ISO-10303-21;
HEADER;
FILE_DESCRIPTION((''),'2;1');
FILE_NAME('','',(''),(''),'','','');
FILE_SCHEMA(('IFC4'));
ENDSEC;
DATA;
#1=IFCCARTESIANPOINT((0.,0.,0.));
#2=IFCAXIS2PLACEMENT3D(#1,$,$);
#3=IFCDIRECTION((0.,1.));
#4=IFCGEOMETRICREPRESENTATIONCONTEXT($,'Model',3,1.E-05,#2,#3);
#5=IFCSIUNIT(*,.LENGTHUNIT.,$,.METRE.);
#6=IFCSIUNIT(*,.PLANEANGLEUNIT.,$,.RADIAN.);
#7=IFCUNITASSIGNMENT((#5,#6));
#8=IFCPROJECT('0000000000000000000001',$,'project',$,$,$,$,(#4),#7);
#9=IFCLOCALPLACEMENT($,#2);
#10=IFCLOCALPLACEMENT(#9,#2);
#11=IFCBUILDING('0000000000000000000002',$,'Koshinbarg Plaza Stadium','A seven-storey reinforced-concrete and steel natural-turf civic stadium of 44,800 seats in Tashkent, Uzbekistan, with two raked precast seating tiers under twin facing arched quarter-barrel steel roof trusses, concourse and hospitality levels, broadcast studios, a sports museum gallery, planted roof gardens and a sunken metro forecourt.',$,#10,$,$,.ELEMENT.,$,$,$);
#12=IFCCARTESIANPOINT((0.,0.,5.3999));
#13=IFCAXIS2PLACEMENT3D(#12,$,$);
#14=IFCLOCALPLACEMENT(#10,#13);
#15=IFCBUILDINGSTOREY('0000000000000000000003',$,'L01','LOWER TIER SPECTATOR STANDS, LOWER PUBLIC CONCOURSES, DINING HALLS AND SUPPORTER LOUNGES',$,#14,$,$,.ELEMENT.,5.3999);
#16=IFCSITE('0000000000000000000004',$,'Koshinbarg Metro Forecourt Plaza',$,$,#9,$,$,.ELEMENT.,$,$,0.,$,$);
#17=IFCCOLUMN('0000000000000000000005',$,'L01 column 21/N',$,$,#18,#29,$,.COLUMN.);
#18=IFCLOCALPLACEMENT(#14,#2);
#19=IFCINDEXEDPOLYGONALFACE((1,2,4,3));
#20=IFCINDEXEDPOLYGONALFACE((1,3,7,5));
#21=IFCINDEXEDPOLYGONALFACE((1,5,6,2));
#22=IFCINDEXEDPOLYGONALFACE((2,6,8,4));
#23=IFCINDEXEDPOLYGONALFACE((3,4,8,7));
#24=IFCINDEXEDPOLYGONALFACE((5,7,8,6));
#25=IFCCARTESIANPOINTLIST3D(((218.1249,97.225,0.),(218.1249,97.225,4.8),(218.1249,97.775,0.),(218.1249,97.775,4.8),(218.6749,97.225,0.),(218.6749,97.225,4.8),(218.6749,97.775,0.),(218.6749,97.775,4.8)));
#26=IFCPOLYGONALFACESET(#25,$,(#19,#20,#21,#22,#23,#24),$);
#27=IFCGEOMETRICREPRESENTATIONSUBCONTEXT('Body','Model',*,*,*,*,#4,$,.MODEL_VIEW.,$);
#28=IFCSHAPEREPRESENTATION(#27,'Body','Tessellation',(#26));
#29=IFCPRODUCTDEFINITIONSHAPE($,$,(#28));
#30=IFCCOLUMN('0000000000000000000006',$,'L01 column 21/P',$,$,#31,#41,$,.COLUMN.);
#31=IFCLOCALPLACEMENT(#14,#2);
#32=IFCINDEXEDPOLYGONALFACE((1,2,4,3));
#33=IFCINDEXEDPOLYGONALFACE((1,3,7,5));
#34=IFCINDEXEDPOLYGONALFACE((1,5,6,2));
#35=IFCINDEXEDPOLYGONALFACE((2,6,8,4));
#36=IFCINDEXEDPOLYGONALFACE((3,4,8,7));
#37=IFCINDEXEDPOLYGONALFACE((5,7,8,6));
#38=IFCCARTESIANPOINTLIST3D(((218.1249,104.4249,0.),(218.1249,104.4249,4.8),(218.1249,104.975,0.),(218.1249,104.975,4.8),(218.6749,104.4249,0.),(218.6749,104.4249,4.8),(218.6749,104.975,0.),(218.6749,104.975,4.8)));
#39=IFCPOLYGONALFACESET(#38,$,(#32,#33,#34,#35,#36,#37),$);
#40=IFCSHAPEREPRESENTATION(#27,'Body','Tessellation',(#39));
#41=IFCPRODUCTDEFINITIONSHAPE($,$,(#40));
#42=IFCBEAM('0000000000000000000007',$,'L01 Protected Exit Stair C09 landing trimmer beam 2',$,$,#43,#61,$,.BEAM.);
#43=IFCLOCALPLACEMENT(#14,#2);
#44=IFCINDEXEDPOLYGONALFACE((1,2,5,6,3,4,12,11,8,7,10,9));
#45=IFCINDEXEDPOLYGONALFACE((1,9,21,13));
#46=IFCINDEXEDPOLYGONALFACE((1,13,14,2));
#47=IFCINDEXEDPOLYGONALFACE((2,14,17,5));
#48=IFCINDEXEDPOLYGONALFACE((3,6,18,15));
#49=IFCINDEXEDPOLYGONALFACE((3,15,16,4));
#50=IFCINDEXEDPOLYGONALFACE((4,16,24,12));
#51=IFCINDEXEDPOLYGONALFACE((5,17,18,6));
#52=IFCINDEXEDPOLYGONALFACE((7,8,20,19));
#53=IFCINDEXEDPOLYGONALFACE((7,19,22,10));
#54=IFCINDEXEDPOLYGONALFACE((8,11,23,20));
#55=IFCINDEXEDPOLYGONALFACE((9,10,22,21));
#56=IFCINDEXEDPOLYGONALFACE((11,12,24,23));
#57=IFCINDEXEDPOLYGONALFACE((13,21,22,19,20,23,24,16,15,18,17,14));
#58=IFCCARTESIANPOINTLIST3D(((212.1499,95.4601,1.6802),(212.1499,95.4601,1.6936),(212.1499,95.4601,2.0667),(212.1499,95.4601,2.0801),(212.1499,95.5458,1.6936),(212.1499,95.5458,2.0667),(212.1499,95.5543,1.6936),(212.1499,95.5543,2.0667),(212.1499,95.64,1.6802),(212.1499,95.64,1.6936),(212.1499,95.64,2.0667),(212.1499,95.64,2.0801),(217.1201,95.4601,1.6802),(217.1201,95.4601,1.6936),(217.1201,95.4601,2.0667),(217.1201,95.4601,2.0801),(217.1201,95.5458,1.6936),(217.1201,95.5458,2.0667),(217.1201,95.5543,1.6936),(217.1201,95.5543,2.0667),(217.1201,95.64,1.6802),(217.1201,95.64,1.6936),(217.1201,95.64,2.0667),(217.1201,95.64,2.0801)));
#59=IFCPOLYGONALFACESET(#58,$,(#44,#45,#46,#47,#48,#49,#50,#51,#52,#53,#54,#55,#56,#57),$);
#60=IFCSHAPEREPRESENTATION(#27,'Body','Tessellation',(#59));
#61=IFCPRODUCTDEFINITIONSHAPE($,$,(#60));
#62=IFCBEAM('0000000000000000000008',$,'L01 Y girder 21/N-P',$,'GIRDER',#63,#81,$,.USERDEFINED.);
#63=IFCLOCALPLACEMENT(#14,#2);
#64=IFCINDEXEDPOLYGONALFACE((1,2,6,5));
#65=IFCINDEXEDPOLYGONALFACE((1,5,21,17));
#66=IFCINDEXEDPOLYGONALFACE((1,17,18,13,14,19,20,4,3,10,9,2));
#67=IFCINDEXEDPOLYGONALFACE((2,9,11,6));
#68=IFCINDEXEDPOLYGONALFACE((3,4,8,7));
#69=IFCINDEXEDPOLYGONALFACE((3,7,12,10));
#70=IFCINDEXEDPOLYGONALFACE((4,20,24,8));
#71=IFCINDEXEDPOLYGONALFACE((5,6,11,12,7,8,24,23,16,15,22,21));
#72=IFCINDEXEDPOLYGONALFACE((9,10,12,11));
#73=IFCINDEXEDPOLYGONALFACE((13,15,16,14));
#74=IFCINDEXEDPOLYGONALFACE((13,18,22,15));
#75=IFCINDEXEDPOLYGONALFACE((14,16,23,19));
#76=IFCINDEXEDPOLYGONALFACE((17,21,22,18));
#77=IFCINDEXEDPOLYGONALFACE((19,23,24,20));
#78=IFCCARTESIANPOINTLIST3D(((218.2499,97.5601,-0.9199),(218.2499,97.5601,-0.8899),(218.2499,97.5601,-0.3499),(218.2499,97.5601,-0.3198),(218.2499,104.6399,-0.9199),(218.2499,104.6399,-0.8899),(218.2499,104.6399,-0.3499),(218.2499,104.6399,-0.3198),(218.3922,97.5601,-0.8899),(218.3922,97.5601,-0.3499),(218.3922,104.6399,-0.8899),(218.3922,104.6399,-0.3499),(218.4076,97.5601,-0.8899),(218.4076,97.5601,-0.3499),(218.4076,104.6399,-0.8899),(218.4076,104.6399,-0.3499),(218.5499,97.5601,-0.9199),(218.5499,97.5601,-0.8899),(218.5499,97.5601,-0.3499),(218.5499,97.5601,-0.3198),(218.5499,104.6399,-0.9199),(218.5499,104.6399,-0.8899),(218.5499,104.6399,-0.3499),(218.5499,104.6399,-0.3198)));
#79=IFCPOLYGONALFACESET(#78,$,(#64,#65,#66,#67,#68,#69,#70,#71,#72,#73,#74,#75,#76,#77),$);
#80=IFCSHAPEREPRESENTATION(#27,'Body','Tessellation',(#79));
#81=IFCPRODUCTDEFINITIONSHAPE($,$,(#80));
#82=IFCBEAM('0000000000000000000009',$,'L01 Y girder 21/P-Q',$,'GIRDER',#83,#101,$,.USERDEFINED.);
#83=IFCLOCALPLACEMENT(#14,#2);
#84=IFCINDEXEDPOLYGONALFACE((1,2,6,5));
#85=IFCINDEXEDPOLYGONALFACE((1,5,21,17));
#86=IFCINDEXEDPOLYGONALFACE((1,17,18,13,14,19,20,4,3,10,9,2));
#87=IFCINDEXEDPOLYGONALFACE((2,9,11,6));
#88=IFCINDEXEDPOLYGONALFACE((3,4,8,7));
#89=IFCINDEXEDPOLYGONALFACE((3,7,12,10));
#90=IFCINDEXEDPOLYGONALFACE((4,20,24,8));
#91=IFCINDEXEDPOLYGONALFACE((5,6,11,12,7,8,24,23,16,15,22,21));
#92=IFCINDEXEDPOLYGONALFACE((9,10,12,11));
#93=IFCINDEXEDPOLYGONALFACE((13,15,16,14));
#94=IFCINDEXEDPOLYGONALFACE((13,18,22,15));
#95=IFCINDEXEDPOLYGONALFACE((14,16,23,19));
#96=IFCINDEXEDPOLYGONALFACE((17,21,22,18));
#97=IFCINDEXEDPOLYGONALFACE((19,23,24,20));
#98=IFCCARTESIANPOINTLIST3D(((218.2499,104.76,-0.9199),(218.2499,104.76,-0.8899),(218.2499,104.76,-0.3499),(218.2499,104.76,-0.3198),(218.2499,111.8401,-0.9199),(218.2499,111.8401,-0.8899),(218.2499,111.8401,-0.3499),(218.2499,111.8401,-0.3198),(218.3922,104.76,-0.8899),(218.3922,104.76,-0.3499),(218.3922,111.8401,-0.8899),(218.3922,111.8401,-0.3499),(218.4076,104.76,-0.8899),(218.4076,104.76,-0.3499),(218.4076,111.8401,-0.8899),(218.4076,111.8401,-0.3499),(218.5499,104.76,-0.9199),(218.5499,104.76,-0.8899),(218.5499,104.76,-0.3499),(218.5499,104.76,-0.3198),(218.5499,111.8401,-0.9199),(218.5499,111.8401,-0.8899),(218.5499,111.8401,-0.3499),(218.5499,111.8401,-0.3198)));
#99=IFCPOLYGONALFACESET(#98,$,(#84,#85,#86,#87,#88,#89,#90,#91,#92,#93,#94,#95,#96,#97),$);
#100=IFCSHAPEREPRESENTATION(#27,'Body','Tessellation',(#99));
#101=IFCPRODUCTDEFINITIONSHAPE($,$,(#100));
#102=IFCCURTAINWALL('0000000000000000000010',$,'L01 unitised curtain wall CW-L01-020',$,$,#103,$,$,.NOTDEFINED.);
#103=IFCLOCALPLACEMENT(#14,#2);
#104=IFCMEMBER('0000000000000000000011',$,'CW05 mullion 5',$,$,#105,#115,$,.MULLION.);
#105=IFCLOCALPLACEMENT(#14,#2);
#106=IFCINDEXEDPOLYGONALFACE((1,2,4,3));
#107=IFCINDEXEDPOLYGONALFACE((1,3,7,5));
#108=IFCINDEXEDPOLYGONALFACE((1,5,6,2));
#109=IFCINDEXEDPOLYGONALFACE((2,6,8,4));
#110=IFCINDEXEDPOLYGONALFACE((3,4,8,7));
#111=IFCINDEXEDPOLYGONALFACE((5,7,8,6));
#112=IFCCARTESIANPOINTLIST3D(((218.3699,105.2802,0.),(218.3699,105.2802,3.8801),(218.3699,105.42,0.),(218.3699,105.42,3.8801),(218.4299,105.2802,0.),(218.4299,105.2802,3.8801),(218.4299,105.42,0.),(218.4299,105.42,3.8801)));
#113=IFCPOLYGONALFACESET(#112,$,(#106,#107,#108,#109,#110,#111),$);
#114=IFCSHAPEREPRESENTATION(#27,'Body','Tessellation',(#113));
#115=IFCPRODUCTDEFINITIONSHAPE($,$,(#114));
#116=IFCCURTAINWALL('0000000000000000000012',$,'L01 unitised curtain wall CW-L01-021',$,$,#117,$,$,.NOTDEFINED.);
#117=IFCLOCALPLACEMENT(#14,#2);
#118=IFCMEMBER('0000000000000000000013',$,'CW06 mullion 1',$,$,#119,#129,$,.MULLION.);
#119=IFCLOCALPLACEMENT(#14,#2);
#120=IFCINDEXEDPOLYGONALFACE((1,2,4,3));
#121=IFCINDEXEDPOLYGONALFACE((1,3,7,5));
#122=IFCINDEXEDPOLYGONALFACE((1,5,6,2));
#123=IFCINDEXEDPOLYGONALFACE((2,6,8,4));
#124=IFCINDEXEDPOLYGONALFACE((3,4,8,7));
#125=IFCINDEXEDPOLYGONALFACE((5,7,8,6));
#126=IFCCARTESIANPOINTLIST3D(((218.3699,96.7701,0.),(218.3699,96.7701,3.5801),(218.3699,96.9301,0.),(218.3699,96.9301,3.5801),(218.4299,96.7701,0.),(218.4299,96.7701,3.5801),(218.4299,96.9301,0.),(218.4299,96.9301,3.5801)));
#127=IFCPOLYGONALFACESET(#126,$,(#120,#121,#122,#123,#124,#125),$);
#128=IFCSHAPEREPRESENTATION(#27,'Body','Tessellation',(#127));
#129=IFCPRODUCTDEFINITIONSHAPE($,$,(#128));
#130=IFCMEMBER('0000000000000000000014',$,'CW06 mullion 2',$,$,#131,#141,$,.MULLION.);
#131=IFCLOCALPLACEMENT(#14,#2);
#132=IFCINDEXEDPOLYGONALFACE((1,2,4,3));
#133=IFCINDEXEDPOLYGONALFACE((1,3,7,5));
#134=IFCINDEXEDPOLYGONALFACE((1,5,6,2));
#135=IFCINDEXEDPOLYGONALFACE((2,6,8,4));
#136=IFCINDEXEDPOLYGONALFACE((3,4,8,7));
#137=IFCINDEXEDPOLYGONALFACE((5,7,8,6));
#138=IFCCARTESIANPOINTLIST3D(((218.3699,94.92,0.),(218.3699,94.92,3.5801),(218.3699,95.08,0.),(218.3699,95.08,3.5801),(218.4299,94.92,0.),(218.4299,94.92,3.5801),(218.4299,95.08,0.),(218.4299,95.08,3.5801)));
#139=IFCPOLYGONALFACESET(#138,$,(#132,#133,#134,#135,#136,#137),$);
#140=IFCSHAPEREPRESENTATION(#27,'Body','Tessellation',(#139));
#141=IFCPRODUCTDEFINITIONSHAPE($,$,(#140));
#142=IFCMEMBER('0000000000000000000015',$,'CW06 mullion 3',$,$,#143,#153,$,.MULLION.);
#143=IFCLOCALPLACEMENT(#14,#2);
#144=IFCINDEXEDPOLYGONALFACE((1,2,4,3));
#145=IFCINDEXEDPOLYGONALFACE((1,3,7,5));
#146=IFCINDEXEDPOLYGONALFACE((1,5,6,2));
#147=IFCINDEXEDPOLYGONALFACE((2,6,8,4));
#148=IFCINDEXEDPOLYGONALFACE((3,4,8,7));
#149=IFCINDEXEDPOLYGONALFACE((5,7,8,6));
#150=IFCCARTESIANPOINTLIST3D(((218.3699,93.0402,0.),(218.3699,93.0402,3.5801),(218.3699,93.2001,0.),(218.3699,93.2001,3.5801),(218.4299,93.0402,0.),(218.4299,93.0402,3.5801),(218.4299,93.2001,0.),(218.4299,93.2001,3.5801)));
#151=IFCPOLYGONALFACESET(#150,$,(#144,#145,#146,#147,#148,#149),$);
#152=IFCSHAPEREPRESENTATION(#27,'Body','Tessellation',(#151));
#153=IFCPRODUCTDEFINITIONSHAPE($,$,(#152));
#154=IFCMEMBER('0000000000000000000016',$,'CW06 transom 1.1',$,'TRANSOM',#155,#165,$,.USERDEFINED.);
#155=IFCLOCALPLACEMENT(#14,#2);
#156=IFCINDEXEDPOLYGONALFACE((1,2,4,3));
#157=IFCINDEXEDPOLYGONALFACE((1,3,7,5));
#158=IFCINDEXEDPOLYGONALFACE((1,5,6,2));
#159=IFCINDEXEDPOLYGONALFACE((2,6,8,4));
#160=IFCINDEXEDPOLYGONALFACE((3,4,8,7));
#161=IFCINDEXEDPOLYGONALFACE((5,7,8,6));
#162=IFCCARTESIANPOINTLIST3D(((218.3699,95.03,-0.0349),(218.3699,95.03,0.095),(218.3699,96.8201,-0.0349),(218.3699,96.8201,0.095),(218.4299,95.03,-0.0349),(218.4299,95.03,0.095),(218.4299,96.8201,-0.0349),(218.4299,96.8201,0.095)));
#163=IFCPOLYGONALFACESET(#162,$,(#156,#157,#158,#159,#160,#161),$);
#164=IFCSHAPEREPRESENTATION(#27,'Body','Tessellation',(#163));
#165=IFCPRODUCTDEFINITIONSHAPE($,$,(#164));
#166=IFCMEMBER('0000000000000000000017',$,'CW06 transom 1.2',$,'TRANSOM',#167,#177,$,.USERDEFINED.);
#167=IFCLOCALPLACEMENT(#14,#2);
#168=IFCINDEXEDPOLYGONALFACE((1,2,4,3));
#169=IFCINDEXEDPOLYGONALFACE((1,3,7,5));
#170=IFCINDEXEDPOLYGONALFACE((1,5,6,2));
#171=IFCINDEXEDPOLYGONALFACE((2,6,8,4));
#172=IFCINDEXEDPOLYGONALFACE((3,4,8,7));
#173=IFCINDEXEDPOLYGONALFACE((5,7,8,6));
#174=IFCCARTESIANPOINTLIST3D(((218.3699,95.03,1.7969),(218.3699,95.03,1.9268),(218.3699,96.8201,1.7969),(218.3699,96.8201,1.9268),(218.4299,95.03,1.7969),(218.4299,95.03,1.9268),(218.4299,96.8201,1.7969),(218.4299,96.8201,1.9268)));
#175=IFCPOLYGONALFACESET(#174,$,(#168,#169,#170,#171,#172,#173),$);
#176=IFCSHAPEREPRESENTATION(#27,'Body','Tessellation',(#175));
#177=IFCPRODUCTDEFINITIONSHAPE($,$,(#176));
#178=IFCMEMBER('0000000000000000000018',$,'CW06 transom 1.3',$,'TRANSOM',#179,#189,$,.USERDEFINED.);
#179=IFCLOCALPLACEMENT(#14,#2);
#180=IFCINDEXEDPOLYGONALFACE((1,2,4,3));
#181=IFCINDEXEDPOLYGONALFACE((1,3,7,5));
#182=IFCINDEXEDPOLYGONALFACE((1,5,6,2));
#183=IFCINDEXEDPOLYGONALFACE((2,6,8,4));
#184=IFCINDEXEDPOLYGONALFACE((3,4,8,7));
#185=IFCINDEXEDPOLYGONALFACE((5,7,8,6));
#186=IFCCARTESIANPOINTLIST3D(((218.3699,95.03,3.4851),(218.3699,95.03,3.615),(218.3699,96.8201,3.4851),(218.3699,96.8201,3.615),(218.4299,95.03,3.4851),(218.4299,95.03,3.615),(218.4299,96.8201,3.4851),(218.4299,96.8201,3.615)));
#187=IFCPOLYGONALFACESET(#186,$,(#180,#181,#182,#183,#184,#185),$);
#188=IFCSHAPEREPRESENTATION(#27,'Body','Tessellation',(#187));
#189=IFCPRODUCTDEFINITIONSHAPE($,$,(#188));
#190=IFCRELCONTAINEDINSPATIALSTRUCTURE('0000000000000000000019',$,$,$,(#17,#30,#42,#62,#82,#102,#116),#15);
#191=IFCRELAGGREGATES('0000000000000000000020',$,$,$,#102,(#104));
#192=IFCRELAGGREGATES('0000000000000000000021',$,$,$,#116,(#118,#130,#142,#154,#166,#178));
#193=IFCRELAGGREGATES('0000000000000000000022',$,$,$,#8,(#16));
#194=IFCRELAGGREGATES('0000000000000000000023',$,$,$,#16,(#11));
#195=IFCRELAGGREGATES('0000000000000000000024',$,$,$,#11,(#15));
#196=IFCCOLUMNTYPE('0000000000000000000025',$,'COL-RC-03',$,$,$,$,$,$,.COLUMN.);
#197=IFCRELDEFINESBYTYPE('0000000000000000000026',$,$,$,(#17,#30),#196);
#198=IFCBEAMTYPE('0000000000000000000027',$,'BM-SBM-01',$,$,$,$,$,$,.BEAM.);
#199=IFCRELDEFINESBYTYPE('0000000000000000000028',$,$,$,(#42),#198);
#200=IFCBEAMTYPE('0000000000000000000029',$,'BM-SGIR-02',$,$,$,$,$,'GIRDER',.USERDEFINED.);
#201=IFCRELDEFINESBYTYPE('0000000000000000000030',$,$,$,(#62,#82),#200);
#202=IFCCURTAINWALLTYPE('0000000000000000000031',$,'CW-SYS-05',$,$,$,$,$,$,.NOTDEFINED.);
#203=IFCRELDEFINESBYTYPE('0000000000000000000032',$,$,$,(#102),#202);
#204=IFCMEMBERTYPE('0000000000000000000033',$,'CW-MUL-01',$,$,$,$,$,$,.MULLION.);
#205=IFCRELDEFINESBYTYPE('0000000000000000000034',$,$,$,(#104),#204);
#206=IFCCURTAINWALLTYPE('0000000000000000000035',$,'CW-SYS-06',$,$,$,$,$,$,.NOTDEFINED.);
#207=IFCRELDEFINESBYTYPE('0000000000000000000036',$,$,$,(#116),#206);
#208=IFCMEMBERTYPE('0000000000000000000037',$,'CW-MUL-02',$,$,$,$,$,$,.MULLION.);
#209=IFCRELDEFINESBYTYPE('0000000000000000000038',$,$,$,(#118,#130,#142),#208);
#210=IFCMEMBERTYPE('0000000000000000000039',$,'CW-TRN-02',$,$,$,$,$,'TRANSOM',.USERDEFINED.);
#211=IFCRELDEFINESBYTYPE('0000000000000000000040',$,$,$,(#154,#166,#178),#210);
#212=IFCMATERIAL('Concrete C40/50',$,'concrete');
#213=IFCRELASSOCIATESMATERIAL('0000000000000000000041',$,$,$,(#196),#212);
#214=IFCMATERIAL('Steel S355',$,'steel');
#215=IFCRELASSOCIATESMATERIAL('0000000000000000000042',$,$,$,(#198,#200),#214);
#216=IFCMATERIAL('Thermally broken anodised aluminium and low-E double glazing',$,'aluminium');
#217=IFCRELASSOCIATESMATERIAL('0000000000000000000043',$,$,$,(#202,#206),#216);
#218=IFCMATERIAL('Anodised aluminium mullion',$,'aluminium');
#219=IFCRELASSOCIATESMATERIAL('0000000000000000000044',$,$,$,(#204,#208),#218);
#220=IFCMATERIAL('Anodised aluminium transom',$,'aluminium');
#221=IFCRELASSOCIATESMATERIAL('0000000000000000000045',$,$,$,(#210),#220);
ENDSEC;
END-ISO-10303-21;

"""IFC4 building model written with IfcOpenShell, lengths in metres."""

from ifc_helpers import new_model, si_unit, direction, frame, origin, origin_2d, place, context, subcontext, project, spatial, rectangle, i_section, extrude, material, material_profile, profile_set, type_object, element, aggregate, save


model = new_model("IFC4")

# Units and contexts
model_context = context("Model", 3, precision=1e-05, world=origin(), true_north=direction((0.0, 1.0)))
body_context = subcontext(model_context, "Body", "Model", "MODEL_VIEW")
ifc_project = project(units=[si_unit("LENGTHUNIT", "METRE"), si_unit("PLANEANGLEUNIT", "RADIAN")], contexts=[model_context])

# Site, building, storey
site_placement = place(None, origin())
site = spatial("IfcSite", under=ifc_project, at=site_placement, Name="Koshinbarg Metro Forecourt Plaza", CompositionType="ELEMENT", RefElevation=0.0)
building_placement = place(site_placement, origin())
building = spatial("IfcBuilding", under=site, at=building_placement, Name="Koshinbarg Plaza Stadium", Description="A seven-storey reinforced-concrete and steel natural-turf civic stadium of 44,800 seats in Tashkent, Uzbekistan, with two raked precast seating tiers under twin facing arched quarter-barrel steel roof trusses, concourse and hospitality levels, broadcast studios, a sports museum gallery, planted roof gardens and a sunken metro forecourt.", CompositionType="ELEMENT")
storey_placement = place(building_placement, frame((0.0, 0.0, 5.3999)))
storey = spatial("IfcBuildingStorey", under=building, at=storey_placement, Name="L01", Description="LOWER TIER SPECTATOR STANDS, LOWER PUBLIC CONCOURSES, DINING HALLS AND SUPPORTER LOUNGES", CompositionType="ELEMENT", Elevation=5.3999)

# Columns
ifc_material_1 = material(Name="Concrete C40/50", Category="concrete")
ifc_material_profile_1 = material_profile(ifc_material_1, rectangle(XDim=0.55, YDim=0.55, at=origin_2d()), Name="RC 550x550")
ifc_profile_set_1 = profile_set([ifc_material_profile_1], Name="Concrete C40/50")
column_type = type_object("IfcColumnType", Name="COL-RC-03", PredefinedType="COLUMN", material=ifc_profile_set_1)
for number, where, z_axis, x_axis, name in (
    (1, (218.3999, 97.5, 0.0), (0.0, 0.0, 1.0), (1.0, 0.0, 0.0), "L01 column 21/N"),
    (2, (218.3999, 104.7, 0.0), (0.0, 0.0, 1.0), (1.0, 0.0, 0.0), "L01 column 21/P"),
):
    element("IfcColumn", number, at=place(storey_placement, frame(where, z_axis=z_axis, x_axis=x_axis)), inside=storey, type_object=column_type, Name=name, PredefinedType="COLUMN", context=body_context, shape_type="SweptSolid", body=[
        extrude(rectangle(XDim=0.55, YDim=0.55, at=origin_2d()), origin(), (0.0, 0.0, 1.0), 4.8),
    ])

# Beams
ifc_material_2 = material(Name="Steel S355", Category="steel")
ifc_material_profile_2 = material_profile(ifc_material_2, i_section(OverallWidth=0.1799, OverallDepth=0.3999, WebThickness=0.0085, FlangeThickness=0.0134, at=origin_2d()), Name="IPE 400")
ifc_profile_set_2 = profile_set([ifc_material_profile_2], Name="Steel S355")
beam_type_1 = type_object("IfcBeamType", Name="BM-SBM-01", PredefinedType="BEAM", material=ifc_profile_set_2)
beam_1_placement = place(storey_placement, frame((212.1499, 95.55, 1.8801), z_axis=(1.0, 0.0, 0.0), x_axis=(0.0, 1.0, 0.0)))
element("IfcBeam", 3, at=beam_1_placement, inside=storey, type_object=beam_type_1, Name="L01 Protected Exit Stair C09 landing trimmer beam 2", PredefinedType="BEAM", context=body_context, shape_type="SweptSolid", body=[
    extrude(i_section(OverallWidth=0.1799, OverallDepth=0.3999, WebThickness=0.0085, FlangeThickness=0.0134, at=origin_2d()), origin(), (0.0, 0.0, 1.0), 4.9702),
])
ifc_material_profile_3 = material_profile(ifc_material_2, i_section(OverallWidth=0.3, OverallDepth=0.6001, WebThickness=0.0154, FlangeThickness=0.03, at=origin_2d()), Name="HEB 600")
ifc_profile_set_3 = profile_set([ifc_material_profile_3], Name="Steel S355")
beam_type_2 = type_object("IfcBeamType", Name="BM-SGIR-02", ElementType="GIRDER", PredefinedType="USERDEFINED", material=ifc_profile_set_3)
beam_2_placement = place(storey_placement, frame((218.3999, 97.5601, -0.6199), z_axis=(0.0, 1.0, 0.0), x_axis=(-1.0, 0.0, 0.0)))
element("IfcBeam", 4, at=beam_2_placement, inside=storey, type_object=beam_type_2, Name="L01 Y girder 21/N-P", ObjectType="GIRDER", PredefinedType="USERDEFINED", context=body_context, shape_type="SweptSolid", body=[
    extrude(i_section(OverallWidth=0.3, OverallDepth=0.6001, WebThickness=0.0154, FlangeThickness=0.03, at=origin_2d()), origin(), (0.0, 0.0, 1.0), 7.0798),
])
beam_3_placement = place(storey_placement, frame((218.3999, 104.76, -0.6199), z_axis=(0.0, 1.0, 0.0), x_axis=(-1.0, 0.0, 0.0)))
element("IfcBeam", 5, at=beam_3_placement, inside=storey, type_object=beam_type_2, Name="L01 Y girder 21/P-Q", ObjectType="GIRDER", PredefinedType="USERDEFINED", context=body_context, shape_type="SweptSolid", body=[
    extrude(i_section(OverallWidth=0.3, OverallDepth=0.6001, WebThickness=0.0154, FlangeThickness=0.03, at=origin_2d()), origin(), (0.0, 0.0, 1.0), 7.0801),
])

# Curtain wall, member
ifc_material_3 = material(Name="Thermally broken anodised aluminium and low-E double glazing", Category="aluminium")
curtain_wall_type_1 = type_object("IfcCurtainWallType", Name="CW-SYS-05", PredefinedType="NOTDEFINED", material=ifc_material_3)
curtain_wall_1_placement = place(storey_placement, origin())
curtain_wall_1 = element("IfcCurtainWall", 6, at=curtain_wall_1_placement, inside=storey, type_object=curtain_wall_type_1, Name="L01 unitised curtain wall CW-L01-020", PredefinedType="NOTDEFINED")
ifc_material_4 = material(Name="Anodised aluminium mullion", Category="aluminium")
ifc_material_profile_4 = material_profile(ifc_material_4, rectangle(XDim=0.0601, YDim=0.1399, at=origin_2d()), Name="ALU 60x140")
ifc_profile_set_4 = profile_set([ifc_material_profile_4], Name="Anodised aluminium mullion")
member_type_1 = type_object("IfcMemberType", Name="CW-MUL-01", PredefinedType="MULLION", material=ifc_profile_set_4)
member_1_placement = place(storey_placement, frame((218.3999, 105.3501, 0.0), z_axis=(0.0, 0.0, 1.0), x_axis=(1.0, 0.0, 0.0)))
member_1 = element("IfcMember", 7, at=member_1_placement, type_object=member_type_1, Name="CW05 mullion 5", PredefinedType="MULLION", context=body_context, shape_type="SweptSolid", body=[
    extrude(rectangle(XDim=0.0601, YDim=0.1399, at=origin_2d()), origin(), (0.0, 0.0, 1.0), 3.8801),
])

# Curtain wall, members
curtain_wall_type_2 = type_object("IfcCurtainWallType", Name="CW-SYS-06", PredefinedType="NOTDEFINED", material=ifc_material_3)
curtain_wall_2_placement = place(storey_placement, origin())
curtain_wall_2 = element("IfcCurtainWall", 8, at=curtain_wall_2_placement, inside=storey, type_object=curtain_wall_type_2, Name="L01 unitised curtain wall CW-L01-021", PredefinedType="NOTDEFINED")
ifc_material_profile_5 = material_profile(ifc_material_4, rectangle(XDim=0.0601, YDim=0.1599, at=origin_2d()), Name="ALU 60x160")
ifc_profile_set_5 = profile_set([ifc_material_profile_5], Name="Anodised aluminium mullion")
member_type_2 = type_object("IfcMemberType", Name="CW-MUL-02", PredefinedType="MULLION", material=ifc_profile_set_5)
member_2_placement = place(storey_placement, frame((218.3999, 96.8501, 0.0), z_axis=(0.0, 0.0, 1.0), x_axis=(1.0, 0.0, 0.0)))
member_2 = element("IfcMember", 9, at=member_2_placement, type_object=member_type_2, Name="CW06 mullion 1", PredefinedType="MULLION", context=body_context, shape_type="SweptSolid", body=[
    extrude(rectangle(XDim=0.0601, YDim=0.1599, at=origin_2d()), origin(), (0.0, 0.0, 1.0), 3.5801),
])
member_3_placement = place(storey_placement, frame((218.3999, 95.0, 0.0), z_axis=(0.0, 0.0, 1.0), x_axis=(1.0, 0.0, 0.0)))
member_3 = element("IfcMember", 10, at=member_3_placement, type_object=member_type_2, Name="CW06 mullion 2", PredefinedType="MULLION", context=body_context, shape_type="SweptSolid", body=[
    extrude(rectangle(XDim=0.0601, YDim=0.1599, at=origin_2d()), origin(), (0.0, 0.0, 1.0), 3.5801),
])
member_4_placement = place(storey_placement, frame((218.3999, 93.1201, 0.0), z_axis=(0.0, 0.0, 1.0), x_axis=(1.0, 0.0, 0.0)))
member_4 = element("IfcMember", 11, at=member_4_placement, type_object=member_type_2, Name="CW06 mullion 3", PredefinedType="MULLION", context=body_context, shape_type="SweptSolid", body=[
    extrude(rectangle(XDim=0.0601, YDim=0.1599, at=origin_2d()), origin(), (0.0, 0.0, 1.0), 3.5801),
])
ifc_material_5 = material(Name="Anodised aluminium transom", Category="aluminium")
ifc_material_profile_6 = material_profile(ifc_material_5, rectangle(XDim=0.0601, YDim=0.1299, at=origin_2d()), Name="ALU 60x130")
ifc_profile_set_6 = profile_set([ifc_material_profile_6], Name="Anodised aluminium transom")
member_type_3 = type_object("IfcMemberType", Name="CW-TRN-02", ElementType="TRANSOM", PredefinedType="USERDEFINED", material=ifc_profile_set_6)
member_5_placement = place(storey_placement, frame((218.3999, 96.8201, 0.03), z_axis=(0.0, -1.0, 0.0), x_axis=(1.0, 0.0, 0.0)))
member_5 = element("IfcMember", 12, at=member_5_placement, type_object=member_type_3, Name="CW06 transom 1.1", ObjectType="TRANSOM", PredefinedType="USERDEFINED", context=body_context, shape_type="SweptSolid", body=[
    extrude(rectangle(XDim=0.0601, YDim=0.1299, at=origin_2d()), origin(), (0.0, 0.0, 1.0), 1.79),
])
member_6_placement = place(storey_placement, frame((218.3999, 96.8201, 1.8618), z_axis=(0.0, -1.0, 0.0), x_axis=(1.0, 0.0, 0.0)))
member_6 = element("IfcMember", 13, at=member_6_placement, type_object=member_type_3, Name="CW06 transom 1.2", ObjectType="TRANSOM", PredefinedType="USERDEFINED", context=body_context, shape_type="SweptSolid", body=[
    extrude(rectangle(XDim=0.0601, YDim=0.1299, at=origin_2d()), origin(), (0.0, 0.0, 1.0), 1.79),
])
member_7_placement = place(storey_placement, frame((218.3999, 96.8201, 3.55), z_axis=(0.0, -1.0, 0.0), x_axis=(1.0, 0.0, 0.0)))
member_7 = element("IfcMember", 14, at=member_7_placement, type_object=member_type_3, Name="CW06 transom 1.3", ObjectType="TRANSOM", PredefinedType="USERDEFINED", context=body_context, shape_type="SweptSolid", body=[
    extrude(rectangle(XDim=0.0601, YDim=0.1299, at=origin_2d()), origin(), (0.0, 0.0, 1.0), 1.79),
])

aggregate(curtain_wall_1, [member_1])
aggregate(curtain_wall_2, [member_2, member_3, member_4, member_5, member_6, member_7])

save(model, "model.ifc")
